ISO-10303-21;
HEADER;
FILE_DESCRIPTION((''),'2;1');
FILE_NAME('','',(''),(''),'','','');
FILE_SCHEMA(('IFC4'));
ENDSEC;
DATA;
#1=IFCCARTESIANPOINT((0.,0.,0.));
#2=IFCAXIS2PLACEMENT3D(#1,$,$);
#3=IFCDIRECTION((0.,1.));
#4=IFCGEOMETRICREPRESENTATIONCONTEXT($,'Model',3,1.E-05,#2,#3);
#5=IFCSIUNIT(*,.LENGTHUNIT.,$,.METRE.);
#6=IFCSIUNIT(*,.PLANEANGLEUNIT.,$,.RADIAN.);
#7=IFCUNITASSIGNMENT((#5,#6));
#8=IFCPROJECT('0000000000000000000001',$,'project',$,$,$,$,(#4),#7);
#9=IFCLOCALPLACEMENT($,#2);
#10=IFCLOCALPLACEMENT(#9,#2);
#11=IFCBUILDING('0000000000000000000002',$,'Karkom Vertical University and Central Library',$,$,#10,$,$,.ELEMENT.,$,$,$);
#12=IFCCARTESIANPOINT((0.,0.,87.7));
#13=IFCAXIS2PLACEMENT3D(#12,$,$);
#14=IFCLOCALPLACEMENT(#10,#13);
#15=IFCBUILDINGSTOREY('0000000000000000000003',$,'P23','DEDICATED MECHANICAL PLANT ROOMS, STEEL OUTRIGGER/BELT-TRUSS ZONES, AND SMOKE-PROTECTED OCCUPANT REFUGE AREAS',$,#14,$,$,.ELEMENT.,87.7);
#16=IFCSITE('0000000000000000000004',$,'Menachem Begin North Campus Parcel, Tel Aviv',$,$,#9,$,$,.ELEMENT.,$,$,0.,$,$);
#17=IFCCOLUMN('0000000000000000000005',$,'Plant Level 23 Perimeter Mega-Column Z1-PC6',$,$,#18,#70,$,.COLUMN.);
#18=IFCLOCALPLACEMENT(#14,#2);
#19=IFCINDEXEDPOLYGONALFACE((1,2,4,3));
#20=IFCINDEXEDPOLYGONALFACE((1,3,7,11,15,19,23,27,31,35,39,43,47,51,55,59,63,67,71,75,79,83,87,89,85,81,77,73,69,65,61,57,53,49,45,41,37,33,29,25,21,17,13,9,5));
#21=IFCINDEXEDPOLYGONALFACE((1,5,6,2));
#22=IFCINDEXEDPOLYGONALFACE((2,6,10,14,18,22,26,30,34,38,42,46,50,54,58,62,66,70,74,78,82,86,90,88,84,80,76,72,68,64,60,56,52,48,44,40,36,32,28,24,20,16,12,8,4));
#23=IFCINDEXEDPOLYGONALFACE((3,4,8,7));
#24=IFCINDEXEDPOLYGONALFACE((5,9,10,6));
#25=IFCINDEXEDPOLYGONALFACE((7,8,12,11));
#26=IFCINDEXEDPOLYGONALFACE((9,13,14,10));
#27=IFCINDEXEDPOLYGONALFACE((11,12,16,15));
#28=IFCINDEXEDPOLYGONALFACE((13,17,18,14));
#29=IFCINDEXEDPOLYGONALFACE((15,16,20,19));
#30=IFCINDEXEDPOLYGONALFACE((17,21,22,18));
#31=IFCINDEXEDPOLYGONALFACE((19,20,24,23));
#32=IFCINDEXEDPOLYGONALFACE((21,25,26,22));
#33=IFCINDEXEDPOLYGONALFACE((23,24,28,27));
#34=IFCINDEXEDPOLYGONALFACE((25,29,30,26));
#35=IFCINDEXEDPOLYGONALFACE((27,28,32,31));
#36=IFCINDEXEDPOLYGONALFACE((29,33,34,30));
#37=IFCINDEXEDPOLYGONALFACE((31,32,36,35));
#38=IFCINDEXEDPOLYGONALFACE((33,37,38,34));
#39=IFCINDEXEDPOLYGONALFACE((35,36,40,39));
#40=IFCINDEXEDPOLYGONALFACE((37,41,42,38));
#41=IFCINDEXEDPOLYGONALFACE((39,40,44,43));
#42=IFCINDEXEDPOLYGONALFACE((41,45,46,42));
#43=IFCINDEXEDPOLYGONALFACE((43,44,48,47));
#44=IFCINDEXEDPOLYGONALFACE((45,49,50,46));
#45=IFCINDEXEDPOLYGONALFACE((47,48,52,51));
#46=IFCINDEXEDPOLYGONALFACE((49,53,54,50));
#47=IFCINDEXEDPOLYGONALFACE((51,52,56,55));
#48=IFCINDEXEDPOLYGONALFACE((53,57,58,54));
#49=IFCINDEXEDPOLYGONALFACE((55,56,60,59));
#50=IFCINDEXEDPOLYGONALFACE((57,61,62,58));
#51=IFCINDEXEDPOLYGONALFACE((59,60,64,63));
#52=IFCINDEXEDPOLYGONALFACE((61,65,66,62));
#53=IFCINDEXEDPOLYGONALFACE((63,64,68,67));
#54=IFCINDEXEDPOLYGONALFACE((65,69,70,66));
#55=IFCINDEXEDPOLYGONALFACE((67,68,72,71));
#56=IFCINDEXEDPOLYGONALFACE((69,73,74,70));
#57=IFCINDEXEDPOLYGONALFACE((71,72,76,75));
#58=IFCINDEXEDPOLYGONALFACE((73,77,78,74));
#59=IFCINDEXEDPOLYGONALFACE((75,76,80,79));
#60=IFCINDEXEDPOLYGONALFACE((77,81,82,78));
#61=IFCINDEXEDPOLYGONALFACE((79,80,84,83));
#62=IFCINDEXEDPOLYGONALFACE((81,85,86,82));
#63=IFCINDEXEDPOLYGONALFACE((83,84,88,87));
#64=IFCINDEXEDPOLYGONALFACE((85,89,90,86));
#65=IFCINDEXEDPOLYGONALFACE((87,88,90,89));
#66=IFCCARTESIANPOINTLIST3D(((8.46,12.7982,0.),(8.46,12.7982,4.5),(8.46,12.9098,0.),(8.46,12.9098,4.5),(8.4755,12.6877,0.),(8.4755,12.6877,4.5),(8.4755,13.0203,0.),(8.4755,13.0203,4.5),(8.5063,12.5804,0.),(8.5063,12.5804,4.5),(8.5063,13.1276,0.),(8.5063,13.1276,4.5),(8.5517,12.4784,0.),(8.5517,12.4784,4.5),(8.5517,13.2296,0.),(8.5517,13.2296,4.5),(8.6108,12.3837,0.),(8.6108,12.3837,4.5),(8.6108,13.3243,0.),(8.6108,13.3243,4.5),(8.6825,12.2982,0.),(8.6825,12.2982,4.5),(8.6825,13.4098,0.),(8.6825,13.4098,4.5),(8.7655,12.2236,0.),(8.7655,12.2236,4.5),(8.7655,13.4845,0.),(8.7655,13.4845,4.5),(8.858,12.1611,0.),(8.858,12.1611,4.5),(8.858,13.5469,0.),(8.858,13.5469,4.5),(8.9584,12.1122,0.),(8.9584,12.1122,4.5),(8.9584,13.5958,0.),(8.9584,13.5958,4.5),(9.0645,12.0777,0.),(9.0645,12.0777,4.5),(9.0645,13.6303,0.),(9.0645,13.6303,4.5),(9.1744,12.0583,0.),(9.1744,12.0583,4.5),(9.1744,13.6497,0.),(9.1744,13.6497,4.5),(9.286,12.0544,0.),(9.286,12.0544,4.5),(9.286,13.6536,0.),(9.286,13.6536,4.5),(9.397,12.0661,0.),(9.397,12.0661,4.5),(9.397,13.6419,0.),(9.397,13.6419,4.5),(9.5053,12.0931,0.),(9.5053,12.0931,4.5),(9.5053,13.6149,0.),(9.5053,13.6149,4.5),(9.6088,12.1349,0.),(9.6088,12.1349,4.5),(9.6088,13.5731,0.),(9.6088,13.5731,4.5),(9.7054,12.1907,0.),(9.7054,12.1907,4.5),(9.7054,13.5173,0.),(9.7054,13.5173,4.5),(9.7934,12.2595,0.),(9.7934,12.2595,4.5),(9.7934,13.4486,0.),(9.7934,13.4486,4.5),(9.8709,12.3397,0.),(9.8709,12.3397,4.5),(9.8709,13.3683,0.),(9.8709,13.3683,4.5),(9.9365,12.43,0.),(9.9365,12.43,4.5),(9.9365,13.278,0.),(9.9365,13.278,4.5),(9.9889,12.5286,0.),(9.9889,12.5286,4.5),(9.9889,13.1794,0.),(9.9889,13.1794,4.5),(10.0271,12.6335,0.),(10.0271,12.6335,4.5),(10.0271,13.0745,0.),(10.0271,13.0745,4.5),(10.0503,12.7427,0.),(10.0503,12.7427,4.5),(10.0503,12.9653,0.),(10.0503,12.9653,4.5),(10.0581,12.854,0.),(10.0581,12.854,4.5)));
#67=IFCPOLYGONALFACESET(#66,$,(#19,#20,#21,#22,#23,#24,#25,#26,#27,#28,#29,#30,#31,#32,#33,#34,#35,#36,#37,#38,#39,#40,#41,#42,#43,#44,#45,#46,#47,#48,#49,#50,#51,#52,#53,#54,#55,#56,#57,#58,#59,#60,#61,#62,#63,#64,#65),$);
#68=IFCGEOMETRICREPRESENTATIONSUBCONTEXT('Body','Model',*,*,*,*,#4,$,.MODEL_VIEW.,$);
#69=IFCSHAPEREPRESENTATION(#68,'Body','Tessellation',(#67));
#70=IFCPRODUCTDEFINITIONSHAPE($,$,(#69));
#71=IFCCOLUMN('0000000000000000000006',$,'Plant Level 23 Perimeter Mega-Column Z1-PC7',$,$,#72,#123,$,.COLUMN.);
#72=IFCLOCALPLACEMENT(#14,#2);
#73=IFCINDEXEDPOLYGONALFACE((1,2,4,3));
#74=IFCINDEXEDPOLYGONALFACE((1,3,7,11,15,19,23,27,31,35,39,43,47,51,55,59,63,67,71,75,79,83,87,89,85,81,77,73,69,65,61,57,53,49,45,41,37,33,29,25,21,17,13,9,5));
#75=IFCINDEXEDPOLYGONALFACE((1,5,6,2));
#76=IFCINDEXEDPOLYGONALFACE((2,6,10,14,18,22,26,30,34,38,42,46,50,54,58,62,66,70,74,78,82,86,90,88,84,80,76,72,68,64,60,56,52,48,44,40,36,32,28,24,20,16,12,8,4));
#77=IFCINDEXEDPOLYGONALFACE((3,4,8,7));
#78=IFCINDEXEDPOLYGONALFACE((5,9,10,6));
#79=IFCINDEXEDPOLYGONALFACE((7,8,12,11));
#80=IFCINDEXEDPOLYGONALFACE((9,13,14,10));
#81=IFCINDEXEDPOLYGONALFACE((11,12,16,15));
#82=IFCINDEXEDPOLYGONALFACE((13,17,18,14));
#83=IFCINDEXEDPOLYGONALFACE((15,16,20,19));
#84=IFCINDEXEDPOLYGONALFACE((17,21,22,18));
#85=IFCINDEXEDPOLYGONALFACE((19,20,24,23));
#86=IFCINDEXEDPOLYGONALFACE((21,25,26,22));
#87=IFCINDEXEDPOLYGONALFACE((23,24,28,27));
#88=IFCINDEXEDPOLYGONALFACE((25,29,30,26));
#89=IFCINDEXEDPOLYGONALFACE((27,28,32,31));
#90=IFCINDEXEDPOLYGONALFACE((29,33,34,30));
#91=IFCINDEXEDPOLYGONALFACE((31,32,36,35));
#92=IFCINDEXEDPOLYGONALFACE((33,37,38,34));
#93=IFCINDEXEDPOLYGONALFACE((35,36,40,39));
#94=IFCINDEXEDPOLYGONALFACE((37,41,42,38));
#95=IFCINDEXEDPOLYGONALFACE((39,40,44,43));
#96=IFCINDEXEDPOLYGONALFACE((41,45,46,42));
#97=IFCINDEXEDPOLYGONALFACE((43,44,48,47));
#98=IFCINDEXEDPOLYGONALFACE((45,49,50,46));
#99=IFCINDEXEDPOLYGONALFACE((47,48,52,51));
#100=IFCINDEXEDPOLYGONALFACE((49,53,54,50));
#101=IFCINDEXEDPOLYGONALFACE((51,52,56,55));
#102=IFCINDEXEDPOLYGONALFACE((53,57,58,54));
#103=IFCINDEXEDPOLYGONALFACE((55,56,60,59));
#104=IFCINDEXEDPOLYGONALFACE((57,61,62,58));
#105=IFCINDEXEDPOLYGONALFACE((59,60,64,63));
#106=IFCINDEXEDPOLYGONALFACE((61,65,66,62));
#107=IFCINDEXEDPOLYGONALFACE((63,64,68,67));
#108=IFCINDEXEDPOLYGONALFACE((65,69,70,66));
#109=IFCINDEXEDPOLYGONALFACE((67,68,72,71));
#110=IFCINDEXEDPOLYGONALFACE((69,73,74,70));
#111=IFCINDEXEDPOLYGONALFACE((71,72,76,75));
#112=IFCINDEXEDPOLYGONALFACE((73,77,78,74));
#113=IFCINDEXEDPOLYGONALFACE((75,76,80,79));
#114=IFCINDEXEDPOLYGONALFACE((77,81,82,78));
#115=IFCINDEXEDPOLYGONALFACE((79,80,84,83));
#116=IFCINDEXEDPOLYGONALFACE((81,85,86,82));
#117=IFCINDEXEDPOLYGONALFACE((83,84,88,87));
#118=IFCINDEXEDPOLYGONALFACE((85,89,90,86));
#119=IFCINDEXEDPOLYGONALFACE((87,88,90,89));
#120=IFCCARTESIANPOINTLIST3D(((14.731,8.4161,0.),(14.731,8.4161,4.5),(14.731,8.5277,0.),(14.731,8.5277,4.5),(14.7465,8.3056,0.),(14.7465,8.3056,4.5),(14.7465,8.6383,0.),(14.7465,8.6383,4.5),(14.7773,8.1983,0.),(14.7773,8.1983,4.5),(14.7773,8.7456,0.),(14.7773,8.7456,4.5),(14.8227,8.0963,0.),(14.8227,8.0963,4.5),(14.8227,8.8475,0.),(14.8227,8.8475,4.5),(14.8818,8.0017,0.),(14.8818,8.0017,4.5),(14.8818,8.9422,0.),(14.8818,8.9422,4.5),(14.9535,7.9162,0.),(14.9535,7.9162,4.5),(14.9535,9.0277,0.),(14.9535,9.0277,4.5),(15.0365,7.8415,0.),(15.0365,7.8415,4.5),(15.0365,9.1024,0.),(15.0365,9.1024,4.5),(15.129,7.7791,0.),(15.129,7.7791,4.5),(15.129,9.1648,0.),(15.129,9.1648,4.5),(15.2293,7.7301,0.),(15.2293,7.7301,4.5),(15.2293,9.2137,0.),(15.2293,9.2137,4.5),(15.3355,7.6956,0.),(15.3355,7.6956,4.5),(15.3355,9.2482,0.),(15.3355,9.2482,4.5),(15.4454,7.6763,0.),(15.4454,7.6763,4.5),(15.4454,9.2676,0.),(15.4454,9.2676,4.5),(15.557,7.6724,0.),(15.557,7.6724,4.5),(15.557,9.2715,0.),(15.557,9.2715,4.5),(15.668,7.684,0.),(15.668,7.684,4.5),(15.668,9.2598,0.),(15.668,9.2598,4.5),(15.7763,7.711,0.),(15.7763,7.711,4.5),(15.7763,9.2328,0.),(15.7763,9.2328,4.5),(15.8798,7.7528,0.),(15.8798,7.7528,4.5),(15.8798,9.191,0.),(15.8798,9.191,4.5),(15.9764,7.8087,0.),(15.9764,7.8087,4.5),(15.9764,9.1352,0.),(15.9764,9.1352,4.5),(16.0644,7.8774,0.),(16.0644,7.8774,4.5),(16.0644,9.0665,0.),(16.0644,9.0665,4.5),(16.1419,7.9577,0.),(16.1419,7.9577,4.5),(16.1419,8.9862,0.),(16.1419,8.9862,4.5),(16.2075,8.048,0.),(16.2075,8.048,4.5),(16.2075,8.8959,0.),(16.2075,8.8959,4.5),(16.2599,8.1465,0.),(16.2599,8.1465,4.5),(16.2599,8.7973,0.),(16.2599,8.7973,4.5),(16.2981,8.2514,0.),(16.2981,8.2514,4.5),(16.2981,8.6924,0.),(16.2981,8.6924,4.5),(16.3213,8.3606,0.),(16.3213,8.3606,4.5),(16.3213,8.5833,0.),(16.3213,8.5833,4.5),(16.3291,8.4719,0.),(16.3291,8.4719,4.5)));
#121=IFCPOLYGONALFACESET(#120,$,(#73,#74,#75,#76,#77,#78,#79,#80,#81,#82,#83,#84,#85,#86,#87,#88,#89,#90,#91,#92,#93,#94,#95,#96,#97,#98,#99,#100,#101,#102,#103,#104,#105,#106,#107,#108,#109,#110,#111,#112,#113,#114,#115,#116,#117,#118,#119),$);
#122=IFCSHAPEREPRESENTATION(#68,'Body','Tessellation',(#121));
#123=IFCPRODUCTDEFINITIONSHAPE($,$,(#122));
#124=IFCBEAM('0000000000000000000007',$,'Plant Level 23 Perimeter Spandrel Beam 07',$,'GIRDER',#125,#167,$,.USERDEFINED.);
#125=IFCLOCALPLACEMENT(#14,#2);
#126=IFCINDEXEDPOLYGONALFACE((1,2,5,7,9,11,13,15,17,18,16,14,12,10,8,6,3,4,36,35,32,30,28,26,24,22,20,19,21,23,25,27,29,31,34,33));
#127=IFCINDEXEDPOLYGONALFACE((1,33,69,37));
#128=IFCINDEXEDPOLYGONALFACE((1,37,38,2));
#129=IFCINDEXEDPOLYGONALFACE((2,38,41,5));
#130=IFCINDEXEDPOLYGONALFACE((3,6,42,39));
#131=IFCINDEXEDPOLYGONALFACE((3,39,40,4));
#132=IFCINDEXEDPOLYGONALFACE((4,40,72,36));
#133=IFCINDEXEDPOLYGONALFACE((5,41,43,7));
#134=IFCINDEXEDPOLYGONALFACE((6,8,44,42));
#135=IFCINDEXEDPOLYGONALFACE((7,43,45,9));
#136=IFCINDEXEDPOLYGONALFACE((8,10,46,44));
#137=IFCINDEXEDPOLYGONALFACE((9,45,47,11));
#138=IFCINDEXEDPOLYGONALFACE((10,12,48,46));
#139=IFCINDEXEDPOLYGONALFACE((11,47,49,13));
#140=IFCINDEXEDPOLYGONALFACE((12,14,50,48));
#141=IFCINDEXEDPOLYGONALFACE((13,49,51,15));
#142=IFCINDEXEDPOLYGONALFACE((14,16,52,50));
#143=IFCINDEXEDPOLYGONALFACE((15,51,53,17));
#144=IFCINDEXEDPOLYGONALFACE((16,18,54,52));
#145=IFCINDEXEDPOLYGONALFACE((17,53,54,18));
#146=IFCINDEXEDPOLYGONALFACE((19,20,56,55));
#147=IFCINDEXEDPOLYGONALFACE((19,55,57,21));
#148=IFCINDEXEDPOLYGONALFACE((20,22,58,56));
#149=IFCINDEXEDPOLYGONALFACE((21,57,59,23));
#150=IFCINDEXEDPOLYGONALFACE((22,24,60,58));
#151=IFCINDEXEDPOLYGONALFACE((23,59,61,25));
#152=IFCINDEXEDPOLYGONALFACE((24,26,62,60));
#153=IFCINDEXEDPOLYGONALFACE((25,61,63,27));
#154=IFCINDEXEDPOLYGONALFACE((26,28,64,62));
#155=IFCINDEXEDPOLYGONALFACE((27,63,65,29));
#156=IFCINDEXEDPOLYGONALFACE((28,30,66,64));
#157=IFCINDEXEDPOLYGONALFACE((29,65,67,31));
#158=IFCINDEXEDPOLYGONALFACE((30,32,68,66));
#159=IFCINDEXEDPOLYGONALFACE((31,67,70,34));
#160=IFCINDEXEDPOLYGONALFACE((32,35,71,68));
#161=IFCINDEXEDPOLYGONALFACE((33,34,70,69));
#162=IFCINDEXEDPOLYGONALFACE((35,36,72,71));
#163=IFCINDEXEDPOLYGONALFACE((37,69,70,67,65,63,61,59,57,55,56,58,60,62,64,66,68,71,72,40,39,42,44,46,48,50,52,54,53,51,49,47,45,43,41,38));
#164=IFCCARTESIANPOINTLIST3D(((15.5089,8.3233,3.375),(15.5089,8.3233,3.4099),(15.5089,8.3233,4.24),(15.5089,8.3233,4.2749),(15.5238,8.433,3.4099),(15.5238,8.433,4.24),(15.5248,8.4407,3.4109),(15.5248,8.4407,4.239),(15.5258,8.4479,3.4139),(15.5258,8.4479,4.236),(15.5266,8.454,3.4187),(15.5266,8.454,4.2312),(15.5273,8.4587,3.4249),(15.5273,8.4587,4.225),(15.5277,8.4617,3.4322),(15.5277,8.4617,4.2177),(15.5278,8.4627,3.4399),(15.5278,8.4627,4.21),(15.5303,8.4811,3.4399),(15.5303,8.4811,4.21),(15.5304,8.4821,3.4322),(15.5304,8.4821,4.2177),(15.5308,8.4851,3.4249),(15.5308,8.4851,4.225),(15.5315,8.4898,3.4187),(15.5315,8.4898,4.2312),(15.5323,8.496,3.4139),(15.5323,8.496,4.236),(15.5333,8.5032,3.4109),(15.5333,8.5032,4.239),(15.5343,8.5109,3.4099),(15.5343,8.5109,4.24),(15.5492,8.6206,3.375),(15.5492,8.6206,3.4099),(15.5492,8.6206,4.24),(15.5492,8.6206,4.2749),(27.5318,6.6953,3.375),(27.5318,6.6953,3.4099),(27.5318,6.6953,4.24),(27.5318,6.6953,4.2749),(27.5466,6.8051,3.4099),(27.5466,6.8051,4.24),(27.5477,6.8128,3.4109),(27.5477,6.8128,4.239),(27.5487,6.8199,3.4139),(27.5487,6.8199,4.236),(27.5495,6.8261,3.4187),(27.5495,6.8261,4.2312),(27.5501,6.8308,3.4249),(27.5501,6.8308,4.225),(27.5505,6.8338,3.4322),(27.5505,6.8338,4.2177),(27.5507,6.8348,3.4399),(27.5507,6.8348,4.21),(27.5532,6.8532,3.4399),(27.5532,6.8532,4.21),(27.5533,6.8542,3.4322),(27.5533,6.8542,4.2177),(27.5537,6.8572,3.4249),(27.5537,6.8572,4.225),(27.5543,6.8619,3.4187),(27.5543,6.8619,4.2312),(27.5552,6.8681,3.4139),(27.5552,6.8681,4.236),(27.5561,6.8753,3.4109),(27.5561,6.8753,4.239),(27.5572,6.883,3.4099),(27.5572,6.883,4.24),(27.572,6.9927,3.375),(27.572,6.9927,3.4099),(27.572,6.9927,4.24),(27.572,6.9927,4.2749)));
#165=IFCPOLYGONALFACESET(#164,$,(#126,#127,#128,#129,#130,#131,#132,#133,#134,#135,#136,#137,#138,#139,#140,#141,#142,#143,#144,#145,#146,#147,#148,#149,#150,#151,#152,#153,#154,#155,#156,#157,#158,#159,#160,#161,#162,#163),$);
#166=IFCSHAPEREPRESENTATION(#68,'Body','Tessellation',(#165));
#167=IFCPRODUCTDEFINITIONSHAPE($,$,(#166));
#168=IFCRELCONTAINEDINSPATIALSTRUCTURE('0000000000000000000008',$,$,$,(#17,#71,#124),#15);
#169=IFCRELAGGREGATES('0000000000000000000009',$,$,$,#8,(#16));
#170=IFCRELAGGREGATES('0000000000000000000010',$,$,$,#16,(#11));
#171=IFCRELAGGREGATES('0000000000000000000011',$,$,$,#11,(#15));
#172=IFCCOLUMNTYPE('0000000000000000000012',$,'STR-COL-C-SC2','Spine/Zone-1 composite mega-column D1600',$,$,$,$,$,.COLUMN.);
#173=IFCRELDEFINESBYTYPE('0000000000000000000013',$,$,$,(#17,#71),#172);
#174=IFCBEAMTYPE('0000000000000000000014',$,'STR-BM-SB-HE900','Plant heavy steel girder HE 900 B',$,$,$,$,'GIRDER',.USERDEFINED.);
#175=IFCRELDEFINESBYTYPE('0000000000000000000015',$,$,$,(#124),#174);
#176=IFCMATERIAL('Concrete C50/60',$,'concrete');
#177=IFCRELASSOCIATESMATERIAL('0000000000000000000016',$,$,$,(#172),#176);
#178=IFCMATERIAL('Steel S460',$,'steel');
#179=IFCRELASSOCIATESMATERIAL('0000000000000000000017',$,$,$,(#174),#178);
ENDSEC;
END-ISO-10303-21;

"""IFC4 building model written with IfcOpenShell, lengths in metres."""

from ifc_helpers import new_model, si_unit, direction, frame, origin, origin_with_axes, origin_2d, place, context, subcontext, project, spatial, circle, i_section, extrude, source, transform, mapped, material, material_profile, profile_set, type_object, element, save


model = new_model("IFC4")

# Units and contexts
model_context = context("Model", 3, precision=1e-05, world=origin(), true_north=direction((0.0, 1.0)))
body_context = subcontext(model_context, "Body", "Model", "MODEL_VIEW")
ifc_project = project(units=[si_unit("LENGTHUNIT", "METRE"), si_unit("PLANEANGLEUNIT", "RADIAN")], contexts=[model_context])

# Site, building, storey
site_placement = place(None, origin())
site = spatial("IfcSite", under=ifc_project, at=site_placement, Name="Menachem Begin North Campus Parcel, Tel Aviv", CompositionType="ELEMENT", RefElevation=0.0)
building_placement = place(site_placement, origin())
building = spatial("IfcBuilding", under=site, at=building_placement, Name="Karkom Vertical University and Central Library", CompositionType="ELEMENT")
storey_placement = place(building_placement, frame((0.0, 0.0, 87.7)))
storey = spatial("IfcBuildingStorey", under=building, at=storey_placement, Name="P23", Description="DEDICATED MECHANICAL PLANT ROOMS, STEEL OUTRIGGER/BELT-TRUSS ZONES, AND SMOKE-PROTECTED OCCUPANT REFUGE AREAS", CompositionType="ELEMENT", Elevation=87.7)

# Columns
ifc_material_1 = material(Name="Concrete C50/60", Category="concrete")
ifc_material_profile_1 = material_profile(ifc_material_1, circle(Radius=0.8, at=origin_2d()), Name="CFT-D1600")
ifc_profile_set_1 = profile_set([ifc_material_profile_1], Name="Concrete C50/60")
column_type = type_object("IfcColumnType", Name="STR-COL-C-SC2", Description="Spine/Zone-1 composite mega-column D1600", PredefinedType="COLUMN", material=ifc_profile_set_1)
shared_shape_1 = source(origin_with_axes(), body_context, "Body", "SweptSolid", [
    extrude(circle(Radius=0.8, at=origin_2d()), origin(), (0.0, 0.0, 1.0), 4.5),
])
for number, where, z_axis, x_axis, name in (
    (1, (9.2581, 12.854, 0.0), (0.0, 0.0, 1.0), (1.0, 0.0, 0.0), "Plant Level 23 Perimeter Mega-Column Z1-PC6"),
    (2, (15.5291, 8.4719, 0.0), (0.0, 0.0, 1.0), (1.0, 0.0, 0.0), "Plant Level 23 Perimeter Mega-Column Z1-PC7"),
):
    element("IfcColumn", number, at=place(storey_placement, frame(where, z_axis=z_axis, x_axis=x_axis)), inside=storey, type_object=column_type, Name=name, PredefinedType="COLUMN", context=body_context, shape_type="MappedRepresentation", body=[
        mapped(shared_shape_1, transform((0.0, 0.0, 0.0), scale=1.0)),
    ])

# Beam
ifc_material_2 = material(Name="Steel S460", Category="steel")
ifc_material_profile_2 = material_profile(ifc_material_2, i_section(OverallWidth=0.3, OverallDepth=0.8999, WebThickness=0.0186, FlangeThickness=0.0349, FilletRadius=0.03, at=origin_2d()), Name="HE 900 B")
ifc_profile_set_2 = profile_set([ifc_material_profile_2], Name="Steel S460")
beam_type = type_object("IfcBeamType", Name="STR-BM-SB-HE900", Description="Plant heavy steel girder HE 900 B", ElementType="GIRDER", PredefinedType="USERDEFINED", material=ifc_profile_set_2)
shared_shape_2 = source(origin_with_axes(), body_context, "Body", "SweptSolid", [
    extrude(i_section(OverallWidth=0.3, OverallDepth=0.8999, WebThickness=0.0186, FlangeThickness=0.0349, FilletRadius=0.03, at=origin_2d()), origin(), (0.0, 0.0, 1.0), 12.1326),
])
beam_placement = place(storey_placement, frame((15.5291, 8.4719, 3.825), z_axis=(0.990957, -0.134177, 0.0), x_axis=(0.134177, 0.990957, 0.0)))
element("IfcBeam", 3, at=beam_placement, inside=storey, type_object=beam_type, Name="Plant Level 23 Perimeter Spandrel Beam 07", ObjectType="GIRDER", PredefinedType="USERDEFINED", context=body_context, shape_type="MappedRepresentation", body=[
    mapped(shared_shape_2, transform((0.0, 0.0, 0.0), scale=1.0)),
])

save(model, "model.ifc")
